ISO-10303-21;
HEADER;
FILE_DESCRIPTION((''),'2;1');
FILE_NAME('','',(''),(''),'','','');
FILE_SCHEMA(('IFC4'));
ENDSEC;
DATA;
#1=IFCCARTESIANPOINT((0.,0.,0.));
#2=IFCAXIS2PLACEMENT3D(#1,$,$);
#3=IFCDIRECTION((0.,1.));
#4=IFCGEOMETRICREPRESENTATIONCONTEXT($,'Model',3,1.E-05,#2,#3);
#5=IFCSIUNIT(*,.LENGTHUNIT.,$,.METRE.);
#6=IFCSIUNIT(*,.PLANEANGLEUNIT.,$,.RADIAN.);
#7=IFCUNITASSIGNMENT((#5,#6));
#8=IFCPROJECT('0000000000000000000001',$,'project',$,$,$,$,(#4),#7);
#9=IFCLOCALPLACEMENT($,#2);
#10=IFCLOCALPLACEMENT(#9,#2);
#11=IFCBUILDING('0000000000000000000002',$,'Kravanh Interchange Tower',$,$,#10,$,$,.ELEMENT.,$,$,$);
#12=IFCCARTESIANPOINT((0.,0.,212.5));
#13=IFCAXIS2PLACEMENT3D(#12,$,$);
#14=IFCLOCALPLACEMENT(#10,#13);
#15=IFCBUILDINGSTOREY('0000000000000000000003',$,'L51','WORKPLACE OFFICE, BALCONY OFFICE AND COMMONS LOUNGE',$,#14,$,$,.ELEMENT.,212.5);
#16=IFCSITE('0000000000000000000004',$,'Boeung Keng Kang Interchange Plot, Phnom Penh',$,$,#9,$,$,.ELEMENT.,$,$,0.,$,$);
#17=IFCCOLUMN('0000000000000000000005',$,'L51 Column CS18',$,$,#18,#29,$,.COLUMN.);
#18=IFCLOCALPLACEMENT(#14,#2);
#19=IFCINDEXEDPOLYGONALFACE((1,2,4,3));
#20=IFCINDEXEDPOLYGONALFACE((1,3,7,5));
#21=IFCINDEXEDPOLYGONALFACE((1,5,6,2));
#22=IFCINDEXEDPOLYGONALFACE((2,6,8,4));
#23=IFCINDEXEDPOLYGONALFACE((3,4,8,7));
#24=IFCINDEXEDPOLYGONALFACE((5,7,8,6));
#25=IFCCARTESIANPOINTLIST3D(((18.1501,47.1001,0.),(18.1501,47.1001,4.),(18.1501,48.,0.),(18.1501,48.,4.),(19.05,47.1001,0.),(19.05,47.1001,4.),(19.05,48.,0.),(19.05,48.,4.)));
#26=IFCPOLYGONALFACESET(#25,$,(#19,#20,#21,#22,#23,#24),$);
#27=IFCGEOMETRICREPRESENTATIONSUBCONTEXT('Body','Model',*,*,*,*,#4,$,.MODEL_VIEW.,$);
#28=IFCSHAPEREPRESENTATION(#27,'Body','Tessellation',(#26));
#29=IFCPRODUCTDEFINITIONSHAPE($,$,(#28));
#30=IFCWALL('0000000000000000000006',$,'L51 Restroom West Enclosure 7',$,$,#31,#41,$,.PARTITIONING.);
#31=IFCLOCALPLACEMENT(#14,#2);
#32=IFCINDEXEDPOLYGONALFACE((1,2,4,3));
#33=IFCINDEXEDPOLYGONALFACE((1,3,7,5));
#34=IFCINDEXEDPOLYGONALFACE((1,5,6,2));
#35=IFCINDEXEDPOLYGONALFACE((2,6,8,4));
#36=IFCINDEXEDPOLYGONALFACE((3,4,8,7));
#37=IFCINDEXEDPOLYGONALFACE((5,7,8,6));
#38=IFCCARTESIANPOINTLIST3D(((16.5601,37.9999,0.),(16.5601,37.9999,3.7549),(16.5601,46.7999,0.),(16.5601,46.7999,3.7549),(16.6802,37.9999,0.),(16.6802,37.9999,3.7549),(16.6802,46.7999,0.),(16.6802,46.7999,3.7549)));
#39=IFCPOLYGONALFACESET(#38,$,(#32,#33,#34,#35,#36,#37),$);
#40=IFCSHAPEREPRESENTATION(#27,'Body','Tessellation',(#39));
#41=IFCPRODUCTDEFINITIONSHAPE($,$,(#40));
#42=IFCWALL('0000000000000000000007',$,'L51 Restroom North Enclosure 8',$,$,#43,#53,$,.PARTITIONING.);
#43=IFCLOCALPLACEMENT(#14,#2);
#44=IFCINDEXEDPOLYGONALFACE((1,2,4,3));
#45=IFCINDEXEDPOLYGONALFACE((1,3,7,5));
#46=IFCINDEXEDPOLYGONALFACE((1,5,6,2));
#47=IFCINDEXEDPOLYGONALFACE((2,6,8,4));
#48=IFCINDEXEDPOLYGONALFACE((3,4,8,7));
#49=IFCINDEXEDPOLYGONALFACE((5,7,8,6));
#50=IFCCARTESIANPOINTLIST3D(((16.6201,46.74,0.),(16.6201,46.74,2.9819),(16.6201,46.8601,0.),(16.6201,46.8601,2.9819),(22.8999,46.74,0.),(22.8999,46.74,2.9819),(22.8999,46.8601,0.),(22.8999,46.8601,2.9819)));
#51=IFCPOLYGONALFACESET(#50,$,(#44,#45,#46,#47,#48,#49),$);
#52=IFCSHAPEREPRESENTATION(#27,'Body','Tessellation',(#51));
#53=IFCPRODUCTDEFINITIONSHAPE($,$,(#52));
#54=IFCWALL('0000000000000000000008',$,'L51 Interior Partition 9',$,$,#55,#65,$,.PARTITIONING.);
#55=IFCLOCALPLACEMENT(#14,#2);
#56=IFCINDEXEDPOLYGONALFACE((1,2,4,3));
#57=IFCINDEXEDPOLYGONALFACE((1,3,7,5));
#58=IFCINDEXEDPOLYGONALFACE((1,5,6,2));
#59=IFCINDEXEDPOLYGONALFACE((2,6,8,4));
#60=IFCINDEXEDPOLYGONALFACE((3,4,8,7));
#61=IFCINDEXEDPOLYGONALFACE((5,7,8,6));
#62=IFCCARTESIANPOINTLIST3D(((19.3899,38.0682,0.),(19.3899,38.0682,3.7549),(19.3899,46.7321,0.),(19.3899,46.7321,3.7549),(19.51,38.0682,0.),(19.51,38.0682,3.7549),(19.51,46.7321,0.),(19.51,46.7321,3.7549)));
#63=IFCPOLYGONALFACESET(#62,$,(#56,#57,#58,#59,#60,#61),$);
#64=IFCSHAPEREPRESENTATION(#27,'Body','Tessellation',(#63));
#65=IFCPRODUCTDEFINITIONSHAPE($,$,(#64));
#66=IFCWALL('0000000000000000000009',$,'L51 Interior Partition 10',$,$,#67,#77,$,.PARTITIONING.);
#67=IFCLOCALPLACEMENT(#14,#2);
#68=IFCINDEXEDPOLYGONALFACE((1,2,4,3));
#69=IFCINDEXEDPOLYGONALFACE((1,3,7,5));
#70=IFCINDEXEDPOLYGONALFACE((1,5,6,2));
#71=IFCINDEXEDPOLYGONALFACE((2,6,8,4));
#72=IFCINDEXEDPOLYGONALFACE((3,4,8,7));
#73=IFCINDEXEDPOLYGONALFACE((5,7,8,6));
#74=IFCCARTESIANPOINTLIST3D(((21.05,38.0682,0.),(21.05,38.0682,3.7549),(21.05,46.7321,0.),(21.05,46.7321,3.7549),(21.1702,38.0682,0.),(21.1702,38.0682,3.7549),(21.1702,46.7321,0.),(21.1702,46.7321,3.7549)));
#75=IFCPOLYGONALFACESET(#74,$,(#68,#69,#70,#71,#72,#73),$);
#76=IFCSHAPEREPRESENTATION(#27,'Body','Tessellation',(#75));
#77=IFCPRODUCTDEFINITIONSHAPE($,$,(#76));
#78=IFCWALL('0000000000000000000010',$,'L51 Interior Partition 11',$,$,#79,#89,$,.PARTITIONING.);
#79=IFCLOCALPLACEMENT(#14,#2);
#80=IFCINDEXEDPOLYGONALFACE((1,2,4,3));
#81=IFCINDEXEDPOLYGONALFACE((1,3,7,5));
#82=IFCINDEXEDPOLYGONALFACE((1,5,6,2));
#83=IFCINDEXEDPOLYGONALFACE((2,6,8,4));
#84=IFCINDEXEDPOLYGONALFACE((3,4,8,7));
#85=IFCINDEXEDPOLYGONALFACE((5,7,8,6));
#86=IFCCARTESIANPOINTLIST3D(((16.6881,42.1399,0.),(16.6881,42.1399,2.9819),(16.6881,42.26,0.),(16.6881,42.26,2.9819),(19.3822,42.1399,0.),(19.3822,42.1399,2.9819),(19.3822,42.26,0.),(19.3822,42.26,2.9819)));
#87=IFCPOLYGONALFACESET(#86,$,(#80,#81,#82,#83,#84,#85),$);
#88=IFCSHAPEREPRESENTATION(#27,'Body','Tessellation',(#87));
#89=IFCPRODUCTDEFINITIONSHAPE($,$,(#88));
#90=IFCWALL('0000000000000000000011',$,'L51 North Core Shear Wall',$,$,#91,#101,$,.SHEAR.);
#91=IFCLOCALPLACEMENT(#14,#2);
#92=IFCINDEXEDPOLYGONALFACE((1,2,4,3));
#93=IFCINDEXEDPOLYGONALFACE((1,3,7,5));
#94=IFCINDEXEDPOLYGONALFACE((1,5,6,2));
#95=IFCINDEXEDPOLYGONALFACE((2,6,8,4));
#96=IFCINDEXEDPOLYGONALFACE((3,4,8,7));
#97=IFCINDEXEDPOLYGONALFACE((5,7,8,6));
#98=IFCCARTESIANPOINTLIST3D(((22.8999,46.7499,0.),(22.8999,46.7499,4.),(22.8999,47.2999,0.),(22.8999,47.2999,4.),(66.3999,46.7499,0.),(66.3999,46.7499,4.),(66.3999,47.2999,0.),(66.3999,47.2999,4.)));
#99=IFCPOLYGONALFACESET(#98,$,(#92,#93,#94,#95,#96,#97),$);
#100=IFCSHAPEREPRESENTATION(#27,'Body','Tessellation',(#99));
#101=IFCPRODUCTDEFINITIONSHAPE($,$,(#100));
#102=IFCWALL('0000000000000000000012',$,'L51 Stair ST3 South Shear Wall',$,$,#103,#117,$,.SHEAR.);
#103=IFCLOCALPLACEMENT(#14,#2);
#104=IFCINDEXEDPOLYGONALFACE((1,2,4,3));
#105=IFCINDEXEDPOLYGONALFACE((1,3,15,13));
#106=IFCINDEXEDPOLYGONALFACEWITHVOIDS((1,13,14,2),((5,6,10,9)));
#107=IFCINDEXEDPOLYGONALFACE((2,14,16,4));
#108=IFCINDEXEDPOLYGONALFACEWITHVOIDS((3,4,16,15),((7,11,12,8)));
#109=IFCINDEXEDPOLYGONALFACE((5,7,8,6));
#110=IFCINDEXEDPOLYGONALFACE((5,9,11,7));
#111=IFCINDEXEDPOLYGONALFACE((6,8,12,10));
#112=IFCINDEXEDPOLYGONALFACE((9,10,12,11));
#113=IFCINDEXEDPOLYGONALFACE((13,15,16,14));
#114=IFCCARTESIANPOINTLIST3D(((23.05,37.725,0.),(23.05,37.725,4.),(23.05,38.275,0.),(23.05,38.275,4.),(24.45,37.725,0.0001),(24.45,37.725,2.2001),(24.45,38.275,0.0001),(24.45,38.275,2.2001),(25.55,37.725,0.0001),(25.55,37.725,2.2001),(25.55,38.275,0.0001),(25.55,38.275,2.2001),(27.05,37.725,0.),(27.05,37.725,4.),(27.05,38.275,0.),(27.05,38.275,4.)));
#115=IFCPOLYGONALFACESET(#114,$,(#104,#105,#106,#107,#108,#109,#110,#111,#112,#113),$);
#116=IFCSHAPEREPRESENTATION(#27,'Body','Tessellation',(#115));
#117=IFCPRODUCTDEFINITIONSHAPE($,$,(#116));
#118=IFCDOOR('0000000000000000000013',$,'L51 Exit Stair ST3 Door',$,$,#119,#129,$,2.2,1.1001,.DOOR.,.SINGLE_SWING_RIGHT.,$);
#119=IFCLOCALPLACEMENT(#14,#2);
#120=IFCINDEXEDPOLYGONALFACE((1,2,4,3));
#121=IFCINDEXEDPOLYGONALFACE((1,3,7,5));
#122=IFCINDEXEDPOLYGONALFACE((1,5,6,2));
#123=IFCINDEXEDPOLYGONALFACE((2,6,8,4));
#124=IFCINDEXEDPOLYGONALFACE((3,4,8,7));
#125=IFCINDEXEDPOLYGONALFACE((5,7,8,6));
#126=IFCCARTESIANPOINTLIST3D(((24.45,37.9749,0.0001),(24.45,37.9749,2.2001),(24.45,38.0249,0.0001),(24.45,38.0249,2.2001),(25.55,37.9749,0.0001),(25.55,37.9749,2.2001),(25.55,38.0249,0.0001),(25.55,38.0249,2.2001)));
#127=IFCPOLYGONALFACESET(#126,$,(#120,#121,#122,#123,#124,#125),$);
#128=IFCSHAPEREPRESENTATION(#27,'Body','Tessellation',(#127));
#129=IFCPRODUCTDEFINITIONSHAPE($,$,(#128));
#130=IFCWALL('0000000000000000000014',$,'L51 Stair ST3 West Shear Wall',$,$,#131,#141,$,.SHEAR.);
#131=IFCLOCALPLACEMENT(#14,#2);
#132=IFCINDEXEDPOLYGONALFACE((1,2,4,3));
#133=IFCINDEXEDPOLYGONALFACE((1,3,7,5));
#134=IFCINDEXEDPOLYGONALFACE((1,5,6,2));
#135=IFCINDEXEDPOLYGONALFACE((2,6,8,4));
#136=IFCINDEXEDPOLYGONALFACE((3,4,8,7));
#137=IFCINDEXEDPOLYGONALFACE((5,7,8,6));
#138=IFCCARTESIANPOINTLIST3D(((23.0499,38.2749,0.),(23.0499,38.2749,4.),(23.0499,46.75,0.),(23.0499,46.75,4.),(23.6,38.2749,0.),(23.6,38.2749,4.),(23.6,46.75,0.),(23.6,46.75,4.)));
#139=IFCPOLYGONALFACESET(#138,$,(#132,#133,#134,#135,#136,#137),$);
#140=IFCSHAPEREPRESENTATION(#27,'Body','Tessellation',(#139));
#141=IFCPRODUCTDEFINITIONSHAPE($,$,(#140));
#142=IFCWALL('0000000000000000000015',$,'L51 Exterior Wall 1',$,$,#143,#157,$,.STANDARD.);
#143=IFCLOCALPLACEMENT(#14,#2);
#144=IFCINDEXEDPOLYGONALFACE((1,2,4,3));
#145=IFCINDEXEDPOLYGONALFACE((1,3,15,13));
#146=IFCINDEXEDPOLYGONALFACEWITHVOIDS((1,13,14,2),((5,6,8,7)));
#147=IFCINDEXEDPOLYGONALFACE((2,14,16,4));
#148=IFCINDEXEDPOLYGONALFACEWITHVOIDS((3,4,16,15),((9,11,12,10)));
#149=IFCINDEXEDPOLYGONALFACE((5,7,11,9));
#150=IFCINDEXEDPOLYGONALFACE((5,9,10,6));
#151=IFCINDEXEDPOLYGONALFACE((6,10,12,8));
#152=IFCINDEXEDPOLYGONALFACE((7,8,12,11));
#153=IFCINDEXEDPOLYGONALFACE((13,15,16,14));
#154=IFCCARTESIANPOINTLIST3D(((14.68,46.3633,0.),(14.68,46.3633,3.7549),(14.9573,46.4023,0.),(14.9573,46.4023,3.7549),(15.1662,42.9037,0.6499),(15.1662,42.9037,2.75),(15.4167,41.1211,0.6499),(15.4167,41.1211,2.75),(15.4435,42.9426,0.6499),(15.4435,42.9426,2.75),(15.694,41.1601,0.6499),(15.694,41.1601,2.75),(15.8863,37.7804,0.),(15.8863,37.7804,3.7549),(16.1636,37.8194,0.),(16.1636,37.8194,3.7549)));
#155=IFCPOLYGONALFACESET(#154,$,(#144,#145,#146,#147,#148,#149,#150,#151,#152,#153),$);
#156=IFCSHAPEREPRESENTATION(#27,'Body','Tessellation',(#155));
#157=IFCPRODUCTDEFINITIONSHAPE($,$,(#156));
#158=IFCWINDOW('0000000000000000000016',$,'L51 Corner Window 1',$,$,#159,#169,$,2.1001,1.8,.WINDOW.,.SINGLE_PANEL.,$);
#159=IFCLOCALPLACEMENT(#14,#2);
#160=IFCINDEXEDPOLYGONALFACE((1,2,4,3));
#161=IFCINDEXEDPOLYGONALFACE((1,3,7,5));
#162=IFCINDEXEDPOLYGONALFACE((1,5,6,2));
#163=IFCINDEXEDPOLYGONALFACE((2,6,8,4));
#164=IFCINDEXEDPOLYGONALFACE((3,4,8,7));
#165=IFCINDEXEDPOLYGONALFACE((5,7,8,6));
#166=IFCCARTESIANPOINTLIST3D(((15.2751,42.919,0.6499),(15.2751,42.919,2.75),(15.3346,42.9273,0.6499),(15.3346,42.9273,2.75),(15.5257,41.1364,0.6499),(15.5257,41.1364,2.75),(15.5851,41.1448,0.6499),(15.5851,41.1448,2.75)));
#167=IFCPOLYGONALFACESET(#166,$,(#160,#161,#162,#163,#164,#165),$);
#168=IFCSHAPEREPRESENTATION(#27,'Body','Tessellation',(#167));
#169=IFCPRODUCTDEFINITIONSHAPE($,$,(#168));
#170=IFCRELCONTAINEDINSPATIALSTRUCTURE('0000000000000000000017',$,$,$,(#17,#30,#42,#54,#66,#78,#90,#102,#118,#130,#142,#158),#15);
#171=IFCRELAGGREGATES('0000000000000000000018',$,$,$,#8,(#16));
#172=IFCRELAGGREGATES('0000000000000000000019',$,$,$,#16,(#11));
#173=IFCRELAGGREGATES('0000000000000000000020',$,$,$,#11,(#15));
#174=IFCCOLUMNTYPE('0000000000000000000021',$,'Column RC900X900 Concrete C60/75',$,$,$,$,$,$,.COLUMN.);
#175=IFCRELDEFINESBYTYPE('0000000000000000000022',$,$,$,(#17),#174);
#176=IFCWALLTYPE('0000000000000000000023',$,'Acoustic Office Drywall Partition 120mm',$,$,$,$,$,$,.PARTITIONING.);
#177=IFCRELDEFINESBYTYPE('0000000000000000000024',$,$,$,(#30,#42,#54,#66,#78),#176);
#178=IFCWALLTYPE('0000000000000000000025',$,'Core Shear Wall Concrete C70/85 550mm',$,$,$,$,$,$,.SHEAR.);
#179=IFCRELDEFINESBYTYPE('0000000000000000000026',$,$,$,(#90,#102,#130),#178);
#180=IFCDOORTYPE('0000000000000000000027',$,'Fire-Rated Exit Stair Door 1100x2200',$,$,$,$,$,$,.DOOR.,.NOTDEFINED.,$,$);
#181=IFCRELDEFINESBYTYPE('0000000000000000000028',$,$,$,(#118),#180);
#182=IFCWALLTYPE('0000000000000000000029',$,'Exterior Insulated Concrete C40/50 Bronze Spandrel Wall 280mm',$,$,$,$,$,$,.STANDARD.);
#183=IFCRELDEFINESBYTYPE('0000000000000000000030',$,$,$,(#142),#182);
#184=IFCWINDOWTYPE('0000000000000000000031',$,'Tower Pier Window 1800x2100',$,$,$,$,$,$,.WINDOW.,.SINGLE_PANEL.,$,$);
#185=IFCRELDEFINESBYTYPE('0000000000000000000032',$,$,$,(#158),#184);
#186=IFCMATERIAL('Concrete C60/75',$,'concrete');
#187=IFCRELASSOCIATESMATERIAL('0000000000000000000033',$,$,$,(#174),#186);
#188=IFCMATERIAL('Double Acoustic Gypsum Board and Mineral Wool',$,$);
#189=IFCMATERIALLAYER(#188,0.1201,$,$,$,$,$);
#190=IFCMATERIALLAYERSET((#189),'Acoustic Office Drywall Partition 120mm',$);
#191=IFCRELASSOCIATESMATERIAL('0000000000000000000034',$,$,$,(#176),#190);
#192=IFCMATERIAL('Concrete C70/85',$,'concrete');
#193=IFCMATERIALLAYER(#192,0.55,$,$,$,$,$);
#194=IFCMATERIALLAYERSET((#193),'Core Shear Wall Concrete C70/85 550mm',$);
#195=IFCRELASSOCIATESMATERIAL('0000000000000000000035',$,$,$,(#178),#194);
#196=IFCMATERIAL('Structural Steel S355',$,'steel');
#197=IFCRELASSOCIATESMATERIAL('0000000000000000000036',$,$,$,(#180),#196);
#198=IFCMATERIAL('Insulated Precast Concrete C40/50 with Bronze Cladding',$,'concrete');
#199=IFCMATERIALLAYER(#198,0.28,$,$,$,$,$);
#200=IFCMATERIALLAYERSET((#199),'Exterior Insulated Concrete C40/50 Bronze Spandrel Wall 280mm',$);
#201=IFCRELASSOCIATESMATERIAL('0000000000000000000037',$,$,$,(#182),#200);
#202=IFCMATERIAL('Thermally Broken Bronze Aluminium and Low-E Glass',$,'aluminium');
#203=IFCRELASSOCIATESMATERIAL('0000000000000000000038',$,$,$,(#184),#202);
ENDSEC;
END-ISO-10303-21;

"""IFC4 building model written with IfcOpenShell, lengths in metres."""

from ifc_helpers import new_model, si_unit, direction, frame, frame_2d, origin, origin_2d, place, context, subcontext, project, spatial, rectangle, extrude, material, layer, layer_set, material_profile, profile_set, type_object, element, fill, save


model = new_model("IFC4")

# Units and contexts
model_context = context("Model", 3, precision=1e-05, world=origin(), true_north=direction((0.0, 1.0)))
body_context = subcontext(model_context, "Body", "Model", "MODEL_VIEW")
ifc_project = project(units=[si_unit("LENGTHUNIT", "METRE"), si_unit("PLANEANGLEUNIT", "RADIAN")], contexts=[model_context])

# Site, building, storey
site_placement = place(None, origin())
site = spatial("IfcSite", under=ifc_project, at=site_placement, Name="Boeung Keng Kang Interchange Plot, Phnom Penh", CompositionType="ELEMENT", RefElevation=0.0)
building_placement = place(site_placement, origin())
building = spatial("IfcBuilding", under=site, at=building_placement, Name="Kravanh Interchange Tower", CompositionType="ELEMENT")
storey_placement = place(building_placement, frame((0.0, 0.0, 212.5)))
storey = spatial("IfcBuildingStorey", under=building, at=storey_placement, Name="L51", Description="WORKPLACE OFFICE, BALCONY OFFICE AND COMMONS LOUNGE", CompositionType="ELEMENT", Elevation=212.5)

# Column
ifc_material_1 = material(Name="Concrete C60/75", Category="concrete")
ifc_material_profile = material_profile(ifc_material_1, rectangle(XDim=0.8999, YDim=0.8999, at=origin_2d()), Name="RC900X900")
ifc_profile_set = profile_set([ifc_material_profile], Name="Concrete C60/75")
column_type = type_object("IfcColumnType", Name="Column RC900X900 Concrete C60/75", PredefinedType="COLUMN", material=ifc_profile_set)
column_placement = place(storey_placement, frame((18.6001, 47.55, 0.0), z_axis=(0.0, 0.0, 1.0), x_axis=(1.0, 0.0, 0.0)))
element("IfcColumn", 1, at=column_placement, inside=storey, type_object=column_type, Name="L51 Column CS18", PredefinedType="COLUMN", context=body_context, shape_type="SweptSolid", body=[
    extrude(rectangle(XDim=0.8999, YDim=0.8999, at=origin_2d()), origin(), (0.0, 0.0, 1.0), 4.0),
])

# Shared definitions
ifc_material_2 = material(Name="Double Acoustic Gypsum Board and Mineral Wool")
ifc_layer_1 = layer(ifc_material_2, 0.1201)
ifc_layer_set_1 = layer_set([ifc_layer_1], Name="Acoustic Office Drywall Partition 120mm")
wall_type_1 = type_object("IfcWallType", Name="Acoustic Office Drywall Partition 120mm", PredefinedType="PARTITIONING", material=ifc_layer_set_1)

# Walls
wall_1_placement = place(storey_placement, frame((16.6201, 38.0, 0.0), z_axis=(0.0, 0.0, 1.0), x_axis=(0.0, 1.0, 0.0)))
element("IfcWall", 2, at=wall_1_placement, inside=storey, type_object=wall_type_1, Name="L51 Restroom West Enclosure 7", PredefinedType="PARTITIONING", context=body_context, shape_type="SweptSolid", body=[
    extrude(rectangle(XDim=8.8, YDim=0.1201, at=frame_2d((4.3999, 0.0))), origin(), (0.0, 0.0, 1.0), 3.7549),
])
wall_2_placement = place(storey_placement, frame((16.6201, 46.8, 0.0), z_axis=(0.0, 0.0, 1.0), x_axis=(1.0, 0.0, 0.0)))
element("IfcWall", 3, at=wall_2_placement, inside=storey, type_object=wall_type_1, Name="L51 Restroom North Enclosure 8", PredefinedType="PARTITIONING", context=body_context, shape_type="SweptSolid", body=[
    extrude(rectangle(XDim=6.2798, YDim=0.1201, at=frame_2d((3.1399, 0.0))), origin(), (0.0, 0.0, 1.0), 2.9819),
])
for number, where, z_axis, x_axis, name in (
    (4, (19.45, 38.0681, 0.0), (0.0, 0.0, 1.0), (0.0, 1.0, 0.0), "L51 Interior Partition 9"),
    (5, (21.1101, 38.0681, 0.0), (0.0, 0.0, 1.0), (0.0, 1.0, 0.0), "L51 Interior Partition 10"),
):
    element("IfcWall", number, at=place(storey_placement, frame(where, z_axis=z_axis, x_axis=x_axis)), inside=storey, type_object=wall_type_1, Name=name, PredefinedType="PARTITIONING", context=body_context, shape_type="SweptSolid", body=[
        extrude(rectangle(XDim=8.6638, YDim=0.1201, at=frame_2d((4.332, 0.0))), origin(), (0.0, 0.0, 1.0), 3.7549),
    ])
wall_3_placement = place(storey_placement, frame((16.688, 42.2, 0.0), z_axis=(0.0, 0.0, 1.0), x_axis=(1.0, 0.0, 0.0)))
element("IfcWall", 6, at=wall_3_placement, inside=storey, type_object=wall_type_1, Name="L51 Interior Partition 11", PredefinedType="PARTITIONING", context=body_context, shape_type="SweptSolid", body=[
    extrude(rectangle(XDim=2.6941, YDim=0.1201, at=frame_2d((1.3472, 0.0))), origin(), (0.0, 0.0, 1.0), 2.9819),
])
ifc_material_3 = material(Name="Concrete C70/85", Category="concrete")
ifc_layer_2 = layer(ifc_material_3, 0.55)
ifc_layer_set_2 = layer_set([ifc_layer_2], Name="Core Shear Wall Concrete C70/85 550mm")
wall_type_2 = type_object("IfcWallType", Name="Core Shear Wall Concrete C70/85 550mm", PredefinedType="SHEAR", material=ifc_layer_set_2)
wall_4_placement = place(storey_placement, frame((22.8999, 47.0249, 0.0), z_axis=(0.0, 0.0, 1.0), x_axis=(1.0, 0.0, 0.0)))
element("IfcWall", 7, at=wall_4_placement, inside=storey, type_object=wall_type_2, Name="L51 North Core Shear Wall", PredefinedType="SHEAR", context=body_context, shape_type="SweptSolid", body=[
    extrude(rectangle(XDim=43.5, YDim=0.55, at=frame_2d((21.75, 0.0))), origin(), (0.0, 0.0, 1.0), 4.0),
])

# Wall, opening, door
wall_5_placement = place(storey_placement, frame((23.05, 38.0, 0.0), z_axis=(0.0, 0.0, 1.0), x_axis=(1.0, 0.0, 0.0)))
wall_5 = element("IfcWall", 8, at=wall_5_placement, inside=storey, type_object=wall_type_2, Name="L51 Stair ST3 South Shear Wall", PredefinedType="SHEAR", context=body_context, shape_type="SweptSolid", body=[
    extrude(rectangle(XDim=4.0, YDim=0.55, at=frame_2d((2.0, 0.0))), origin(), (0.0, 0.0, 1.0), 4.0),
])
opening_1_placement = place(wall_5_placement, frame((1.3999, 0.0, 0.0)))
opening_1 = element("IfcOpeningElement", 9, at=opening_1_placement, cuts=wall_5, PredefinedType="OPENING", context=body_context, shape_type="SweptSolid", body=[
    extrude(rectangle(XDim=1.1001, YDim=2.2, at=frame_2d((0.55, 1.1001))), frame((0.0, 0.2852, 0.0), z_axis=(0.0, -1.0, 0.0), x_axis=(1.0, 0.0, 0.0)), (0.0, 0.0, 1.0), 0.5701),
])
ifc_material_4 = material(Name="Structural Steel S355", Category="steel")
door_type_1 = type_object("IfcDoorType", Name="Fire-Rated Exit Stair Door 1100x2200", OperationType="NOTDEFINED", PredefinedType="DOOR", material=ifc_material_4)
door_1_placement = place(opening_1_placement, origin())
door_1 = element("IfcDoor", 10, at=door_1_placement, inside=storey, type_object=door_type_1, Name="L51 Exit Stair ST3 Door", OperationType="SINGLE_SWING_RIGHT", OverallHeight=2.2, OverallWidth=1.1001, PredefinedType="DOOR", context=body_context, shape_type="SweptSolid", body=[
    extrude(rectangle(XDim=1.1001, YDim=2.2, at=frame_2d((0.55, 1.1001))), frame((0.0, 0.0249, 0.0), z_axis=(0.0, -1.0, 0.0), x_axis=(1.0, 0.0, 0.0)), (0.0, 0.0, 1.0), 0.05),
])
fill(opening_1, door_1)

# Wall
wall_6_placement = place(storey_placement, frame((23.325, 38.2749, 0.0), z_axis=(0.0, 0.0, 1.0), x_axis=(0.0, 1.0, 0.0)))
element("IfcWall", 11, at=wall_6_placement, inside=storey, type_object=wall_type_2, Name="L51 Stair ST3 West Shear Wall", PredefinedType="SHEAR", context=body_context, shape_type="SweptSolid", body=[
    extrude(rectangle(XDim=8.4751, YDim=0.55, at=frame_2d((4.2375, 0.0))), origin(), (0.0, 0.0, 1.0), 4.0),
])

# Wall, opening, window
ifc_material_5 = material(Name="Insulated Precast Concrete C40/50 with Bronze Cladding", Category="concrete")
ifc_layer_3 = layer(ifc_material_5, 0.28)
ifc_layer_set_3 = layer_set([ifc_layer_3], Name="Exterior Insulated Concrete C40/50 Bronze Spandrel Wall 280mm")
wall_type_3 = type_object("IfcWallType", Name="Exterior Insulated Concrete C40/50 Bronze Spandrel Wall 280mm", PredefinedType="STANDARD", material=ifc_layer_set_3)
wall_7_placement = place(storey_placement, frame((16.0249, 37.8, 0.0), z_axis=(0.0, 0.0, 1.0), x_axis=(-0.139181, 0.990267, 0.0)))
wall_7 = element("IfcWall", 12, at=wall_7_placement, inside=storey, type_object=wall_type_3, Name="L51 Exterior Wall 1", PredefinedType="STANDARD", context=body_context, shape_type="SweptSolid", body=[
    extrude(rectangle(XDim=8.6672, YDim=0.28, at=frame_2d((4.3335, 0.0))), origin(), (0.0, 0.0, 1.0), 3.7549),
])
opening_2_placement = place(wall_7_placement, frame((3.3735, 0.0, 0.6499)))
opening_2 = element("IfcOpeningElement", 13, at=opening_2_placement, cuts=wall_7, PredefinedType="OPENING", context=body_context, shape_type="SweptSolid", body=[
    extrude(rectangle(XDim=1.8, YDim=2.1001, at=frame_2d((0.8999, 1.05))), frame((0.0, 0.1499, 0.0), z_axis=(0.0, -1.0, 0.0), x_axis=(1.0, 0.0, 0.0)), (0.0, 0.0, 1.0), 0.3),
])
ifc_material_6 = material(Name="Thermally Broken Bronze Aluminium and Low-E Glass", Category="aluminium")
window_type = type_object("IfcWindowType", Name="Tower Pier Window 1800x2100", PartitioningType="SINGLE_PANEL", PredefinedType="WINDOW", material=ifc_material_6)
window_1_placement = place(opening_2_placement, origin())
window_1 = element("IfcWindow", 14, at=window_1_placement, inside=storey, type_object=window_type, Name="L51 Corner Window 1", OverallHeight=2.1001, OverallWidth=1.8, PartitioningType="SINGLE_PANEL", PredefinedType="WINDOW", context=body_context, shape_type="SweptSolid", body=[
    extrude(rectangle(XDim=1.8, YDim=2.1001, at=frame_2d((0.8999, 1.05))), frame((0.0, 0.03, 0.0), z_axis=(0.0, -1.0, 0.0), x_axis=(1.0, 0.0, 0.0)), (0.0, 0.0, 1.0), 0.0601),
])
fill(opening_2, window_1)

save(model, "model.ifc")
